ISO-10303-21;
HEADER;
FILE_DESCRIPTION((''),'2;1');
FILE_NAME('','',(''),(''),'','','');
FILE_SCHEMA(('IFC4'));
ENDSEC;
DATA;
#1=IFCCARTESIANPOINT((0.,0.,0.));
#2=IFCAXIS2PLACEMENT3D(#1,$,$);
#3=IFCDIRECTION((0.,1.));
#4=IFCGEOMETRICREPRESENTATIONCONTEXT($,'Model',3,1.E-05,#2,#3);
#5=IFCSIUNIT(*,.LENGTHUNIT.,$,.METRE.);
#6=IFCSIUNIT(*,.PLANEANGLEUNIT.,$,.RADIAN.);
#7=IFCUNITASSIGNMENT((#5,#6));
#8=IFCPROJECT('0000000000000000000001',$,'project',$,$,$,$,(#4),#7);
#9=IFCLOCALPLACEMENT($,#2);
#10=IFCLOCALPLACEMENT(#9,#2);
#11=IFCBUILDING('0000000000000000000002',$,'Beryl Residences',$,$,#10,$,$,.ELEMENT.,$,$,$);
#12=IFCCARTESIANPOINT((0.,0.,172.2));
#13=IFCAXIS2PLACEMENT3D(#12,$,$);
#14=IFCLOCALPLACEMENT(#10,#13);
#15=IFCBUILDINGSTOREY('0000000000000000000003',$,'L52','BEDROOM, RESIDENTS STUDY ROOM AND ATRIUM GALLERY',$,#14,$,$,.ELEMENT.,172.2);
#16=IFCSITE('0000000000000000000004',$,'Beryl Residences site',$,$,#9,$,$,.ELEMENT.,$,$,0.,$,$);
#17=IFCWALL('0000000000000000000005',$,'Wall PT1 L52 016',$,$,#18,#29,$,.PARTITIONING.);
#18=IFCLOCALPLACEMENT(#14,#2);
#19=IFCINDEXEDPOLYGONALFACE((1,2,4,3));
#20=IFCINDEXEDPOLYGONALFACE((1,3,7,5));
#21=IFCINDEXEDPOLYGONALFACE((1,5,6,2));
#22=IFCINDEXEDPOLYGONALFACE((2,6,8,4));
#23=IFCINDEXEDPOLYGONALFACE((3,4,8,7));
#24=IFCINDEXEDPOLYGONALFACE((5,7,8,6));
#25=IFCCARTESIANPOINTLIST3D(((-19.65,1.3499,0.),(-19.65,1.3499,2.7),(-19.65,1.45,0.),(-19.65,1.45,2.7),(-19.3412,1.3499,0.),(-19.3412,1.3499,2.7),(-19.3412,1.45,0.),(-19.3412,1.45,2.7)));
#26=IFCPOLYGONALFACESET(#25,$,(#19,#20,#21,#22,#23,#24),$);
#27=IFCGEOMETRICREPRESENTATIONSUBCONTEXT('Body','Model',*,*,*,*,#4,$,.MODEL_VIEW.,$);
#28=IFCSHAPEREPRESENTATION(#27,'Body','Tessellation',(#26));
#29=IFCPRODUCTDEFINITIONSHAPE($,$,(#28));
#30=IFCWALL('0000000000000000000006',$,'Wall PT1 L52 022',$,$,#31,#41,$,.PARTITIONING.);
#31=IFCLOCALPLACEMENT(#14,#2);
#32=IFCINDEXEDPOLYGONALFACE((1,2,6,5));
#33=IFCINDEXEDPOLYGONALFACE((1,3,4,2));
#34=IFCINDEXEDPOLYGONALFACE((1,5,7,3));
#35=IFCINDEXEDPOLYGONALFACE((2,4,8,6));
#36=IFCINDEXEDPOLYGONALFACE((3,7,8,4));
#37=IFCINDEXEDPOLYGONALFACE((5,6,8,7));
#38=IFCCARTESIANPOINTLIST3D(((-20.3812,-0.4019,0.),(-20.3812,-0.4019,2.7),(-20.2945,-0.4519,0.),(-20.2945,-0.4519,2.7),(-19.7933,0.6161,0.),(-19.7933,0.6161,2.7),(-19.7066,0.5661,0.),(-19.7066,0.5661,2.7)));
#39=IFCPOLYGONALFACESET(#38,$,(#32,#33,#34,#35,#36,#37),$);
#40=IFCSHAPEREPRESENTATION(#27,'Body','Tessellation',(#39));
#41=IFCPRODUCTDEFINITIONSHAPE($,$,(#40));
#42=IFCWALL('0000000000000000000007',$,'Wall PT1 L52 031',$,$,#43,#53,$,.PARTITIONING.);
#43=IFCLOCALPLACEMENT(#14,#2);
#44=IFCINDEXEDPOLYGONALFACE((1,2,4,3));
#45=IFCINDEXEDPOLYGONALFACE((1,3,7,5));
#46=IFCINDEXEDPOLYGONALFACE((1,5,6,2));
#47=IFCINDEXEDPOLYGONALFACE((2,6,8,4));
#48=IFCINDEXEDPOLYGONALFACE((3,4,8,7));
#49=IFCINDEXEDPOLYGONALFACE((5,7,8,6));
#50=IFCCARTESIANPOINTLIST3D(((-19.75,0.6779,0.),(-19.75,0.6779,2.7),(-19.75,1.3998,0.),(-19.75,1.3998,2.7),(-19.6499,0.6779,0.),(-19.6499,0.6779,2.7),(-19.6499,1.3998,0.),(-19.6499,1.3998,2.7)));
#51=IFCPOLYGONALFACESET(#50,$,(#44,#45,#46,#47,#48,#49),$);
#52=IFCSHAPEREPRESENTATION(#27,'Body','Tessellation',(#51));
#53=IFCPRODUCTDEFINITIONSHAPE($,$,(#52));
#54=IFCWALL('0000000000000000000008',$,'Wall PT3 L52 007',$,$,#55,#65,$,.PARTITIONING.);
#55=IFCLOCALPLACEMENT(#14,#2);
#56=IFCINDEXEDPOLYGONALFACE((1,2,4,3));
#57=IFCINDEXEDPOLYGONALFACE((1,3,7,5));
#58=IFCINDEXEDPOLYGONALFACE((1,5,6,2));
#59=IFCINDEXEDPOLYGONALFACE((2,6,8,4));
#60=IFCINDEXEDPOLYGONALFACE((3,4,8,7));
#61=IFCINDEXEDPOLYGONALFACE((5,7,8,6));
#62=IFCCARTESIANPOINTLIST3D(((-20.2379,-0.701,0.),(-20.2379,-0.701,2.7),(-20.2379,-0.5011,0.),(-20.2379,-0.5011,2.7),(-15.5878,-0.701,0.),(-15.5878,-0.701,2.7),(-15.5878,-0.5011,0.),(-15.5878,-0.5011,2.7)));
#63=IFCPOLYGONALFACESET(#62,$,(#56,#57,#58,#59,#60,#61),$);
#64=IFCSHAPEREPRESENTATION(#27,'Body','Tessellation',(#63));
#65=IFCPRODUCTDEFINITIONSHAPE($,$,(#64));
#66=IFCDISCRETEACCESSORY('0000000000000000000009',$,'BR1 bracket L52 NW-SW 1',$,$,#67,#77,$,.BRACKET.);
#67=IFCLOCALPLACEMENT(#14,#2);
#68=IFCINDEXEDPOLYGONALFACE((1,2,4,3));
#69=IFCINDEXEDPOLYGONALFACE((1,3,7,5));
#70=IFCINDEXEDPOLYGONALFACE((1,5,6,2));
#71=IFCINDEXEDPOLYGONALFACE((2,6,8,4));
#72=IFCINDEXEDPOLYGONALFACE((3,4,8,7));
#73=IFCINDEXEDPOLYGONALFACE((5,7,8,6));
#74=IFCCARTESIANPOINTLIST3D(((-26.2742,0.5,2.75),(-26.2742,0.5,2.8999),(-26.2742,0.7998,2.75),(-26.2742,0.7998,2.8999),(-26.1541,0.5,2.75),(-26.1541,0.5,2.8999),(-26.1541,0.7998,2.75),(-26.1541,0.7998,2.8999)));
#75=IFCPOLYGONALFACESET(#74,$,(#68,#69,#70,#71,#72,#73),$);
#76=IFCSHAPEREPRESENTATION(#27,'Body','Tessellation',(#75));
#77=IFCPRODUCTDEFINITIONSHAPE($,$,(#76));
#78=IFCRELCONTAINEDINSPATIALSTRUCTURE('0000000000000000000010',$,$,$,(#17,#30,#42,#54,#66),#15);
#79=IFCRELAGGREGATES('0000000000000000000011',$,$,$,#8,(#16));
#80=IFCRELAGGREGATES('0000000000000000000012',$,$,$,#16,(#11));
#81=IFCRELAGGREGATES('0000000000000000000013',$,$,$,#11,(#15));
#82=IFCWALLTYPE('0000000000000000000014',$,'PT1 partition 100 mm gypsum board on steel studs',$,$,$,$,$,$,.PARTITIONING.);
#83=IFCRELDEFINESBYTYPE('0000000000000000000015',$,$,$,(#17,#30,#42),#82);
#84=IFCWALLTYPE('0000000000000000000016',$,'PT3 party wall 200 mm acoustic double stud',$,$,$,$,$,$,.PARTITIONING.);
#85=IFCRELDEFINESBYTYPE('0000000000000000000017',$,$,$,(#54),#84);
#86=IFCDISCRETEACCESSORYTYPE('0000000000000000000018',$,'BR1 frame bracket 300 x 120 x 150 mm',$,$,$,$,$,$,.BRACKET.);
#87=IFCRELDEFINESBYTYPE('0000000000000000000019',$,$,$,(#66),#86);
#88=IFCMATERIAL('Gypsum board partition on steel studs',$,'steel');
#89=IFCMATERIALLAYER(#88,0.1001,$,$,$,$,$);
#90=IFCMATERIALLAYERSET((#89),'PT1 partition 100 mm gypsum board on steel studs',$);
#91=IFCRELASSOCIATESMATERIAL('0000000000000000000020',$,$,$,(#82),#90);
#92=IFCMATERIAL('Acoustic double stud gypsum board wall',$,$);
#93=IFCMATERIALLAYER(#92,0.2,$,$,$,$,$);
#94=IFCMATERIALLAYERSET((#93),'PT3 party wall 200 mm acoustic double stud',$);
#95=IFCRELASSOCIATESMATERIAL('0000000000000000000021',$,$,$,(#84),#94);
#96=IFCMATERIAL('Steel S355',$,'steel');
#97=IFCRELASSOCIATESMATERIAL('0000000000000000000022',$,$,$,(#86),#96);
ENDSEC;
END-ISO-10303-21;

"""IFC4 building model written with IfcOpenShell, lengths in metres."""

from ifc_helpers import new_model, si_unit, direction, frame, frame_2d, origin, place, context, subcontext, project, spatial, polyline, rectangle, outline, extrude, source, transform, mapped, material, layer, layer_set, type_object, type_shapes, element, save


model = new_model("IFC4")

# Units and contexts
model_context = context("Model", 3, precision=1e-05, world=origin(), true_north=direction((0.0, 1.0)))
body_context = subcontext(model_context, "Body", "Model", "MODEL_VIEW")
ifc_project = project(units=[si_unit("LENGTHUNIT", "METRE"), si_unit("PLANEANGLEUNIT", "RADIAN")], contexts=[model_context])

# Site, building, storey
site_placement = place(None, origin())
site = spatial("IfcSite", under=ifc_project, at=site_placement, Name="Beryl Residences site", CompositionType="ELEMENT", RefElevation=0.0)
building_placement = place(site_placement, origin())
building = spatial("IfcBuilding", under=site, at=building_placement, Name="Beryl Residences", CompositionType="ELEMENT")
storey_placement = place(building_placement, frame((0.0, 0.0, 172.2)))
storey = spatial("IfcBuildingStorey", under=building, at=storey_placement, Name="L52", Description="BEDROOM, RESIDENTS STUDY ROOM AND ATRIUM GALLERY", CompositionType="ELEMENT", Elevation=172.2)

# Walls
ifc_material_1 = material(Name="Gypsum board partition on steel studs", Category="steel")
ifc_layer_1 = layer(ifc_material_1, 0.1001)
ifc_layer_set_1 = layer_set([ifc_layer_1], Name="PT1 partition 100 mm gypsum board on steel studs")
wall_type_1 = type_object("IfcWallType", Name="PT1 partition 100 mm gypsum board on steel studs", PredefinedType="PARTITIONING", material=ifc_layer_set_1)
wall_1_placement = place(storey_placement, frame((-19.6499, 1.3999, 0.0), z_axis=(0.0, 0.0, 1.0), x_axis=(1.0, 0.0, 0.0)))
element("IfcWall", 1, at=wall_1_placement, inside=storey, type_object=wall_type_1, Name="Wall PT1 L52 016", PredefinedType="PARTITIONING", context=body_context, shape_type="SweptSolid", body=[
    extrude(rectangle(XDim=0.3088, YDim=0.1001, at=frame_2d((0.1543, 0.0))), origin(), (0.0, 0.0, 1.0), 2.7),
])
wall_2_placement = place(storey_placement, frame((-20.3379, -0.427, 0.0), z_axis=(0.0, 0.0, 1.0), x_axis=(0.50007, 0.865985, 0.0)))
element("IfcWall", 2, at=wall_2_placement, inside=storey, type_object=wall_type_1, Name="Wall PT1 L52 022", PredefinedType="PARTITIONING", context=body_context, shape_type="SweptSolid", body=[
    extrude(rectangle(XDim=1.1755, YDim=0.1001, at=frame_2d((0.5879, 0.0))), origin(), (0.0, 0.0, 1.0), 2.7),
])
wall_3_placement = place(storey_placement, frame((-19.7, 0.678, 0.0), z_axis=(0.0, 0.0, 1.0), x_axis=(0.0, 1.0, 0.0)))
element("IfcWall", 3, at=wall_3_placement, inside=storey, type_object=wall_type_1, Name="Wall PT1 L52 031", PredefinedType="PARTITIONING", context=body_context, shape_type="SweptSolid", body=[
    extrude(rectangle(XDim=0.7219, YDim=0.1001, at=frame_2d((0.3608, 0.0))), origin(), (0.0, 0.0, 1.0), 2.7),
])
ifc_material_2 = material(Name="Acoustic double stud gypsum board wall")
ifc_layer_2 = layer(ifc_material_2, 0.2)
ifc_layer_set_2 = layer_set([ifc_layer_2], Name="PT3 party wall 200 mm acoustic double stud")
wall_type_2 = type_object("IfcWallType", Name="PT3 party wall 200 mm acoustic double stud", PredefinedType="PARTITIONING", material=ifc_layer_set_2)
wall_4_placement = place(storey_placement, frame((-20.238, -0.6011, 0.0), z_axis=(0.0, 0.0, 1.0), x_axis=(1.0, 0.0, 0.0)))
element("IfcWall", 4, at=wall_4_placement, inside=storey, type_object=wall_type_2, Name="Wall PT3 L52 007", PredefinedType="PARTITIONING", context=body_context, shape_type="SweptSolid", body=[
    extrude(rectangle(XDim=4.6501, YDim=0.2, at=frame_2d((2.3252, 0.0))), origin(), (0.0, 0.0, 1.0), 2.7),
])

# Discrete accessory
ifc_material_3 = material(Name="Steel S355", Category="steel")
discrete_accessory_type = type_object("IfcDiscreteAccessoryType", Name="BR1 frame bracket 300 x 120 x 150 mm", PredefinedType="BRACKET", material=ifc_material_3)
shared_shape_1 = source(origin(), body_context, "Body", "SweptSolid", [
    extrude(outline(polyline([(-0.1499, 0.0), (0.1499, 0.0), (0.1499, 0.1201), (-0.1499, 0.1201), (-0.1499, 0.0)])), origin(), (0.0, 0.0, 1.0), 0.1499),
])
type_shapes(discrete_accessory_type, [shared_shape_1])
discrete_accessory_placement = place(storey_placement, frame((-26.1541, 0.6499, 2.75), z_axis=(0.0, 0.0, 1.0), x_axis=(0.0, 1.0, 0.0)))
element("IfcDiscreteAccessory", 5, at=discrete_accessory_placement, inside=storey, type_object=discrete_accessory_type, Name="BR1 bracket L52 NW-SW 1", PredefinedType="BRACKET", context=body_context, shape_type="MappedRepresentation", body=[
    mapped(shared_shape_1, transform((0.0, 0.0, 0.0))),
])

save(model, "model.ifc")
